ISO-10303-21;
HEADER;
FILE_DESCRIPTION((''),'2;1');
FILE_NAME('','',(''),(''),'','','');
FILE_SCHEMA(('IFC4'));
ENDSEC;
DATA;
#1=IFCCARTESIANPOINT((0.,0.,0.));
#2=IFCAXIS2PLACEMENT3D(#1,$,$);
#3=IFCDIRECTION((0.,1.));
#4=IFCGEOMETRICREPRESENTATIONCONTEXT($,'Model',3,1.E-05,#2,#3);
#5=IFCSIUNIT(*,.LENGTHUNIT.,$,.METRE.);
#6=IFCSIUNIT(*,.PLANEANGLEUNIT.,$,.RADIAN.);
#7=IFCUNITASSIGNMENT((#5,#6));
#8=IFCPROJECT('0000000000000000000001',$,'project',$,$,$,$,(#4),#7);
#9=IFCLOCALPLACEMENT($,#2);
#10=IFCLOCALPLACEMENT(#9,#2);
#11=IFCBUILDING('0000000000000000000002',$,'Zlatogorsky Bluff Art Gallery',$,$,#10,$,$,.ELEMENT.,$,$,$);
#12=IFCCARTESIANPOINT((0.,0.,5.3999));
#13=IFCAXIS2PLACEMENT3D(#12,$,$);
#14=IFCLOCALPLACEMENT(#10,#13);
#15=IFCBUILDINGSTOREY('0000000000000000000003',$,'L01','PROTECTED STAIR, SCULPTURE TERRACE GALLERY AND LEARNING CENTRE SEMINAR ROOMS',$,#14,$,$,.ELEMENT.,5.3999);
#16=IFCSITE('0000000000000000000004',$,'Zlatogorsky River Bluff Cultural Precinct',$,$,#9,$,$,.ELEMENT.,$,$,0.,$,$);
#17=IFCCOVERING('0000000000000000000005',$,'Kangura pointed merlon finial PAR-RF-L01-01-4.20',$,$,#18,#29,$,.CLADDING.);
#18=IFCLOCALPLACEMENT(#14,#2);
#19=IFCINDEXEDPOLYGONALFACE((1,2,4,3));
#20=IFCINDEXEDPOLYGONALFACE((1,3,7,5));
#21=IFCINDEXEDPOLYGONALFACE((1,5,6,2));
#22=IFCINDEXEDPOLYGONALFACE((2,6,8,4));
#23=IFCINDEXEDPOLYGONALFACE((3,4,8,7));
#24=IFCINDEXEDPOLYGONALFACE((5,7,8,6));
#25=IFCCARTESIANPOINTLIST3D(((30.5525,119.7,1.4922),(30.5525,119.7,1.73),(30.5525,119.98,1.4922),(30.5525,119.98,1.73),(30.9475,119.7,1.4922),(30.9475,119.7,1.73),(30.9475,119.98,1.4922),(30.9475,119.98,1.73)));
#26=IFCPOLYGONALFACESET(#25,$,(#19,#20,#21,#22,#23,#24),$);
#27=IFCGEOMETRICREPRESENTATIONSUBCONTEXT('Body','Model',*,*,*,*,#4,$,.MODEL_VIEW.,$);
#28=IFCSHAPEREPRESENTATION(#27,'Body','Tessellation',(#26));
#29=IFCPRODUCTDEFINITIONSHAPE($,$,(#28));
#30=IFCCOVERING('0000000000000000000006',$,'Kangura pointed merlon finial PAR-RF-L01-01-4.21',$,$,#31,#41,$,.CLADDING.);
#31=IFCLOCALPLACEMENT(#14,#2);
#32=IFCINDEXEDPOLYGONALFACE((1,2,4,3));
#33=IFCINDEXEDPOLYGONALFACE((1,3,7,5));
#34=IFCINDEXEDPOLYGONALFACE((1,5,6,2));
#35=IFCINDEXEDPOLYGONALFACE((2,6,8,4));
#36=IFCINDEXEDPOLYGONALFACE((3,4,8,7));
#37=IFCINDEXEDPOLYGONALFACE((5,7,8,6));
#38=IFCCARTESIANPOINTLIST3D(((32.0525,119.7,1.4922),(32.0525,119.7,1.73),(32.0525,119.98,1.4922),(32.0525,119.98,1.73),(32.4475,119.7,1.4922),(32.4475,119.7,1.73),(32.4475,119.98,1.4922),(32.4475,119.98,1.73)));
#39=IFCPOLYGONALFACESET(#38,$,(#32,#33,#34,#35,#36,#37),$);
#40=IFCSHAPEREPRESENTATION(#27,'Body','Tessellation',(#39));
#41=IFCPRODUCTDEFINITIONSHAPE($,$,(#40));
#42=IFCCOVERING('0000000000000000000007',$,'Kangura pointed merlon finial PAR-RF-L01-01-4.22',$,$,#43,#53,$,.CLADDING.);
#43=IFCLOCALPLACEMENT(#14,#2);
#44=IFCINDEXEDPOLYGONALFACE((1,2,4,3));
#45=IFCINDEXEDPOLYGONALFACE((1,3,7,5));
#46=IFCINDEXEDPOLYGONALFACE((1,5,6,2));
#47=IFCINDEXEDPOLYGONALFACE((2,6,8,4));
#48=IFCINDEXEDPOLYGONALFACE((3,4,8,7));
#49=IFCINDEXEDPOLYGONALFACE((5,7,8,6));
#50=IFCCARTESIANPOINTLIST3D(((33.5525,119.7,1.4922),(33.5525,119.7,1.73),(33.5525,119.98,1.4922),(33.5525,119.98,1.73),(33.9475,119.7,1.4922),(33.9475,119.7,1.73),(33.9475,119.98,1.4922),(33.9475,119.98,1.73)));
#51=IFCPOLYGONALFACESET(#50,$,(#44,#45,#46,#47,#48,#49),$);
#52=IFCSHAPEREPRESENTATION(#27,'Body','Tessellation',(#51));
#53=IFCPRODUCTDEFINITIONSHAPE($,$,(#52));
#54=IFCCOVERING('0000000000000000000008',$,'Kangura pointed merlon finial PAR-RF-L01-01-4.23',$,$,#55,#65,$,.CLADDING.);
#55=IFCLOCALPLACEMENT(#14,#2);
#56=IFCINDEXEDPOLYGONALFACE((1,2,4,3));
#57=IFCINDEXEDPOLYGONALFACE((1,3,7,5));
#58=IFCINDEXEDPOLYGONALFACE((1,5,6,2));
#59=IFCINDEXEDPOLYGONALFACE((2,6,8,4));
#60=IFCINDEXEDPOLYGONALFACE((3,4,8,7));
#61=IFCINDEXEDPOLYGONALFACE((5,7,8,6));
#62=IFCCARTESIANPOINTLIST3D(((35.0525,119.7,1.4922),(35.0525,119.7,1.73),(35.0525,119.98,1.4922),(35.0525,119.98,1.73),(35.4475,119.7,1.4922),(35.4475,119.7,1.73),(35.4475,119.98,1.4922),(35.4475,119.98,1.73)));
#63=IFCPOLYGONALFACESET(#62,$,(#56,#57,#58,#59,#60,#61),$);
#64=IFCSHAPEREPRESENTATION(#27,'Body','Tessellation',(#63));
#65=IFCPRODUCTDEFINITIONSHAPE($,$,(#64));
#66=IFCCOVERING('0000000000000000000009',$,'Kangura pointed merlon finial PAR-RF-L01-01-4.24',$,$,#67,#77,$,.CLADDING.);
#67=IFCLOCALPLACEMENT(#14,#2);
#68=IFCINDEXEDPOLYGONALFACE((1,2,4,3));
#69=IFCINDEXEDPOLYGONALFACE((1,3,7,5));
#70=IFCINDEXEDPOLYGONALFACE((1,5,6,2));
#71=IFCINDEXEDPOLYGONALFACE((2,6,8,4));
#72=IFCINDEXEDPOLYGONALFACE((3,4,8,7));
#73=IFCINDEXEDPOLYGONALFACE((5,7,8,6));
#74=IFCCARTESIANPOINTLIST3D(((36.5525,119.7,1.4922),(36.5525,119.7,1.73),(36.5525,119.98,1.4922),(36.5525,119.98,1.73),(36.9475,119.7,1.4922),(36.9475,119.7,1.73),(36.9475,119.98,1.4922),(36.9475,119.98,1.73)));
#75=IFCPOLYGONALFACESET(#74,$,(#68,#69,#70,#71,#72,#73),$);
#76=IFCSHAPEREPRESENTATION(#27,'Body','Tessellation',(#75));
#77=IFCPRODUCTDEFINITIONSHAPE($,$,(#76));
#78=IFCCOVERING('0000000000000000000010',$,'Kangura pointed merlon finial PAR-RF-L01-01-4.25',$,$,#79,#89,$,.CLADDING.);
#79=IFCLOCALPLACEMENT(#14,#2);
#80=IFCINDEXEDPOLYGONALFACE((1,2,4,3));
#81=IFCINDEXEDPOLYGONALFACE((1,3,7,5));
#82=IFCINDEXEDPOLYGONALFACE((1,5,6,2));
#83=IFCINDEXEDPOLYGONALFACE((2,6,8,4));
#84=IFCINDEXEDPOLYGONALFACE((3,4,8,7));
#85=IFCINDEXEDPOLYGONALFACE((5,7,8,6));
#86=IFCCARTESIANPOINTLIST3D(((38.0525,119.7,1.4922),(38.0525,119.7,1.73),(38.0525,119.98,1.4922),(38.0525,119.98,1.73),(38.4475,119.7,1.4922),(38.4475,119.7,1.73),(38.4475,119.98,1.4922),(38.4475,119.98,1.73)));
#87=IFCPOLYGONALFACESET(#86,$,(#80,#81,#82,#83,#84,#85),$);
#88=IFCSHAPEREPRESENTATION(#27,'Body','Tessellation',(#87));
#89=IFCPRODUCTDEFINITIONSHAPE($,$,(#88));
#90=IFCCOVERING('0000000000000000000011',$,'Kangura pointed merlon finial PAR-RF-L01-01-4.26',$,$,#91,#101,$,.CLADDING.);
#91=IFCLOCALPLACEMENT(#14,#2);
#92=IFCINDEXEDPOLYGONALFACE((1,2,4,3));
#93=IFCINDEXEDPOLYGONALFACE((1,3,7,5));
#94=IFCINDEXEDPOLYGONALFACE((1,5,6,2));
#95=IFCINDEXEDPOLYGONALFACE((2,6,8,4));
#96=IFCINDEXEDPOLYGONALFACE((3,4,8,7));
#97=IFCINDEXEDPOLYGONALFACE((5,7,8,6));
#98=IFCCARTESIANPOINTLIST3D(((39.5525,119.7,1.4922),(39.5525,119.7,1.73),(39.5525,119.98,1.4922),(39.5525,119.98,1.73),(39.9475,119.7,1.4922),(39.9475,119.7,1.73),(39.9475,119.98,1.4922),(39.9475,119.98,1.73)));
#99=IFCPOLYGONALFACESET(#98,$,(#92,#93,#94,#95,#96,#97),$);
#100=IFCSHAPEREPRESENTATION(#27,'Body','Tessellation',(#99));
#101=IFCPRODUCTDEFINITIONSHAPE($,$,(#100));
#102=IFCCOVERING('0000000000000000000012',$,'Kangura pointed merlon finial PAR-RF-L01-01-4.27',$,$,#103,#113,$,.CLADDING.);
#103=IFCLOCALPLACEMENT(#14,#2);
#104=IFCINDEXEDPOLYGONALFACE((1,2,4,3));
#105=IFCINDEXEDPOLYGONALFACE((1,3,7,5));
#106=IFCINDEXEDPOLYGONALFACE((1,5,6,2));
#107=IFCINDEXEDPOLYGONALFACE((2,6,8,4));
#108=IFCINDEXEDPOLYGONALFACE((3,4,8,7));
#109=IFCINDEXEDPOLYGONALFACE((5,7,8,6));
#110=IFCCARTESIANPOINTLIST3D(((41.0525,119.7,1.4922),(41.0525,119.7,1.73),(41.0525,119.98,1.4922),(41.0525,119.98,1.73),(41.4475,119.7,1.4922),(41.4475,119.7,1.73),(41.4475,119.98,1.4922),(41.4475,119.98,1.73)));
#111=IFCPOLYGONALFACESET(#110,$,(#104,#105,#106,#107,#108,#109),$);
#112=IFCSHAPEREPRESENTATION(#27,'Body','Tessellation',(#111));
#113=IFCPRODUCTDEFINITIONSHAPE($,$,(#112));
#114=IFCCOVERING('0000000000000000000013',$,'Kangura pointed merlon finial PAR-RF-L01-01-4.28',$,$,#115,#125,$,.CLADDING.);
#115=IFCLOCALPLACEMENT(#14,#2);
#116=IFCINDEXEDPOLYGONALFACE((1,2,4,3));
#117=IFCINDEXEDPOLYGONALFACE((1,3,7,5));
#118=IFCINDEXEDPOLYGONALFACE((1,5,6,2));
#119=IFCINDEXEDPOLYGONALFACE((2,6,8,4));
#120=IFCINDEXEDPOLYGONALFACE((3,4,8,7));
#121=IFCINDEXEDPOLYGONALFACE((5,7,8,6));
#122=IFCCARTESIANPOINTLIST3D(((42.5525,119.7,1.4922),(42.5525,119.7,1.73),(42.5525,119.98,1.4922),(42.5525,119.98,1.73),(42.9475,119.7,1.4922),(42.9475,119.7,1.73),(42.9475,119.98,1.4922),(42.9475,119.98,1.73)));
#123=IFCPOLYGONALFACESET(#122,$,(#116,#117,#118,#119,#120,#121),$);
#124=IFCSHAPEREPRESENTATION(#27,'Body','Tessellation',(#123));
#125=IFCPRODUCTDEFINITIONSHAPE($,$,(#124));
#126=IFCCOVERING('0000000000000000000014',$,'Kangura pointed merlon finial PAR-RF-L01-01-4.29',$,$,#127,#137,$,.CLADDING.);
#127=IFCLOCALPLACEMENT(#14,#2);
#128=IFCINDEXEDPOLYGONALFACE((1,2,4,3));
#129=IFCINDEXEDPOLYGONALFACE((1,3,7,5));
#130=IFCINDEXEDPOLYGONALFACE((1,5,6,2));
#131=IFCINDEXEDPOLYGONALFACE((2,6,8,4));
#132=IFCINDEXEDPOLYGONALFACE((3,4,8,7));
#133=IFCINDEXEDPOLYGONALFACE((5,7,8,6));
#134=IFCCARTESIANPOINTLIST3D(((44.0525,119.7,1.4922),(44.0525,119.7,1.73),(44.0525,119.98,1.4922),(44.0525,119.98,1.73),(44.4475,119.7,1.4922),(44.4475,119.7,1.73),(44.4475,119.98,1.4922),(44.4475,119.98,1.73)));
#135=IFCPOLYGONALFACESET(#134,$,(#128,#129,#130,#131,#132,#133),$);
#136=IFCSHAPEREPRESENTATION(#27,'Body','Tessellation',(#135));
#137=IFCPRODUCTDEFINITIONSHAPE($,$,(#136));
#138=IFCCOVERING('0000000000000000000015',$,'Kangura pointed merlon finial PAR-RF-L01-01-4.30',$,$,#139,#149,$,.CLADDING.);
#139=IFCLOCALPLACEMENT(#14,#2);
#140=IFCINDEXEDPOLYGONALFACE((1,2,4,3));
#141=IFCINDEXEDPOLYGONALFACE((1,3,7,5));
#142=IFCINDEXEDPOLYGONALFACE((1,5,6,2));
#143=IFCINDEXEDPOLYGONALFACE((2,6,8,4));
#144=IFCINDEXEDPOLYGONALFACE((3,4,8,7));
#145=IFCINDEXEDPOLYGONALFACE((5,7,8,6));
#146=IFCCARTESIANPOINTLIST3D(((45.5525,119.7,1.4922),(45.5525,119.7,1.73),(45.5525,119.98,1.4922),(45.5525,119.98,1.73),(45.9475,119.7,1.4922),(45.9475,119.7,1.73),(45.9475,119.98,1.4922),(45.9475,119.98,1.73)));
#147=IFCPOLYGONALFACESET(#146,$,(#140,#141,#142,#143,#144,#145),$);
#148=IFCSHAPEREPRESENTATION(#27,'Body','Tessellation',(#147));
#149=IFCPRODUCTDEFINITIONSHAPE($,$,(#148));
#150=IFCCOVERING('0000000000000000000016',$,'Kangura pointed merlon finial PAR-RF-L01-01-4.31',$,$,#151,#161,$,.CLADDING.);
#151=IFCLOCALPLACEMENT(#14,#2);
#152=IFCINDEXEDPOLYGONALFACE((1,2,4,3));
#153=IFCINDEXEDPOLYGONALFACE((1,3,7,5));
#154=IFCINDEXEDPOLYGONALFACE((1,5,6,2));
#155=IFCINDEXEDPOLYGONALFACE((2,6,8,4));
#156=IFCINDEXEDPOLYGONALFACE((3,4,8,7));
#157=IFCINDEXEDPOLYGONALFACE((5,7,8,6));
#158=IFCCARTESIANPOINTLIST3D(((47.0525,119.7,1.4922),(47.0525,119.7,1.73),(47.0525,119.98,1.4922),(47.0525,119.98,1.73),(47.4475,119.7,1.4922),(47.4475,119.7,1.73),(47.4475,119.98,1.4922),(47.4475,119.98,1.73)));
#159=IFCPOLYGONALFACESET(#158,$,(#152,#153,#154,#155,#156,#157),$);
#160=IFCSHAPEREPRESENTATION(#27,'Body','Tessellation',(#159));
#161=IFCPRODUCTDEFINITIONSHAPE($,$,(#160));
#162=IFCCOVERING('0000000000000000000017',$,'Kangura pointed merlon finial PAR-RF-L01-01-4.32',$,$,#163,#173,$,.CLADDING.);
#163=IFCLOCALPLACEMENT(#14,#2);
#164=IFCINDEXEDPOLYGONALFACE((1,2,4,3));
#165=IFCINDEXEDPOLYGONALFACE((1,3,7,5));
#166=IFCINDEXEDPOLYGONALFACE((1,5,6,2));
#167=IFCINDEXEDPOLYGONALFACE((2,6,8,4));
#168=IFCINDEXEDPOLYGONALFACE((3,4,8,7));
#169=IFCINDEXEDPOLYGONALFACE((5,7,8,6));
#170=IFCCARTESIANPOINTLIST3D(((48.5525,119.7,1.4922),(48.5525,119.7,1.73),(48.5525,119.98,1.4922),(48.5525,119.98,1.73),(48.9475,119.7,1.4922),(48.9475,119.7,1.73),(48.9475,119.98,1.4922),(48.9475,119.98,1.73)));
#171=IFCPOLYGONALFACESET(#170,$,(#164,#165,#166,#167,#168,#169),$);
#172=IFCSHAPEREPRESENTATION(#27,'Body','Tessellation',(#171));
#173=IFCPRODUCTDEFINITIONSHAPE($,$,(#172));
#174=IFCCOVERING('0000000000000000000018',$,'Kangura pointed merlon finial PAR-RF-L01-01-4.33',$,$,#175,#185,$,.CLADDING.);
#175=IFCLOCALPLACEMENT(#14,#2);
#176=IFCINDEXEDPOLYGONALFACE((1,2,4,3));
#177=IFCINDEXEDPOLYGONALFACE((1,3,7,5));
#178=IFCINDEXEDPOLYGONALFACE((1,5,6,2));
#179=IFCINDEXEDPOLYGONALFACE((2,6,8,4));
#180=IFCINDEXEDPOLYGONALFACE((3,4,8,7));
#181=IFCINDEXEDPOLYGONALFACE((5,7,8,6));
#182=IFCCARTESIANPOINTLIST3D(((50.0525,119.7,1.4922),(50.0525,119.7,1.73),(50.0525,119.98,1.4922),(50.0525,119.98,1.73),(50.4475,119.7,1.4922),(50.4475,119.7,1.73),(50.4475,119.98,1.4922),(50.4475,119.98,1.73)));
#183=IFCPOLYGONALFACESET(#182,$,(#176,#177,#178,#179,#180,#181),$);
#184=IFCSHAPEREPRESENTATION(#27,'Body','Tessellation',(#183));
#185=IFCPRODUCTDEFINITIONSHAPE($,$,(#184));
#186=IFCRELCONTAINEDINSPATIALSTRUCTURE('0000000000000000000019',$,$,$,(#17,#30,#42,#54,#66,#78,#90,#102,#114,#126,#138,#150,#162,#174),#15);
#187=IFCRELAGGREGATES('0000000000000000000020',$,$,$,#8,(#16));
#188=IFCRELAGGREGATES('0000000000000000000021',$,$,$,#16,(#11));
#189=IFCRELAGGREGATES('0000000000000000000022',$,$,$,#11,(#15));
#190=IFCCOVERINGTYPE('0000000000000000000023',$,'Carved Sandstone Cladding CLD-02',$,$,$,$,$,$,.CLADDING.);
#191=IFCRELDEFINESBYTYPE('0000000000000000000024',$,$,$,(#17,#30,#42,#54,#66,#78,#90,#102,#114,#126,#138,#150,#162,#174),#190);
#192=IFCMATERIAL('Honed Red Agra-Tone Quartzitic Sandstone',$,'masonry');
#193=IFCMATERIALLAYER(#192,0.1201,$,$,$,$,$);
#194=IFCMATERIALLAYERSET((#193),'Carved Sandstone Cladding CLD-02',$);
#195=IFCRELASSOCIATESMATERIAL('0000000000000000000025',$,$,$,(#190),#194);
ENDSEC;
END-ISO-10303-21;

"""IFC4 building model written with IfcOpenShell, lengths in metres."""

from ifc_helpers import new_model, si_unit, direction, frame, origin, place, context, subcontext, project, spatial, polyline, outline, extrude, material, layer, layer_set, type_object, element, save


model = new_model("IFC4")

# Units and contexts
model_context = context("Model", 3, precision=1e-05, world=origin(), true_north=direction((0.0, 1.0)))
body_context = subcontext(model_context, "Body", "Model", "MODEL_VIEW")
ifc_project = project(units=[si_unit("LENGTHUNIT", "METRE"), si_unit("PLANEANGLEUNIT", "RADIAN")], contexts=[model_context])

# Site, building, storey
site_placement = place(None, origin())
site = spatial("IfcSite", under=ifc_project, at=site_placement, Name="Zlatogorsky River Bluff Cultural Precinct", CompositionType="ELEMENT", RefElevation=0.0)
building_placement = place(site_placement, origin())
building = spatial("IfcBuilding", under=site, at=building_placement, Name="Zlatogorsky Bluff Art Gallery", CompositionType="ELEMENT")
storey_placement = place(building_placement, frame((0.0, 0.0, 5.3999)))
storey = spatial("IfcBuildingStorey", under=building, at=storey_placement, Name="L01", Description="PROTECTED STAIR, SCULPTURE TERRACE GALLERY AND LEARNING CENTRE SEMINAR ROOMS", CompositionType="ELEMENT", Elevation=5.3999)

# Coverings
ifc_material = material(Name="Honed Red Agra-Tone Quartzitic Sandstone", Category="masonry")
ifc_layer = layer(ifc_material, 0.1201)
ifc_layer_set = layer_set([ifc_layer], Name="Carved Sandstone Cladding CLD-02")
covering_type = type_object("IfcCoveringType", Name="Carved Sandstone Cladding CLD-02", PredefinedType="CLADDING", material=ifc_layer_set)
covering_1_placement = place(storey_placement, frame((0.0, 0.0, 1.4922)))
element("IfcCovering", 1, at=covering_1_placement, inside=storey, type_object=covering_type, Name="Kangura pointed merlon finial PAR-RF-L01-01-4.20", PredefinedType="CLADDING", context=body_context, shape_type="SweptSolid", body=[
    extrude(outline(polyline([(30.5525, 119.7), (30.9475, 119.7), (30.9475, 119.98), (30.5525, 119.98), (30.5525, 119.7)])), origin(), (0.0, 0.0, 1.0), 0.2378),
])
covering_2_placement = place(storey_placement, frame((0.0, 0.0, 1.4922)))
element("IfcCovering", 2, at=covering_2_placement, inside=storey, type_object=covering_type, Name="Kangura pointed merlon finial PAR-RF-L01-01-4.21", PredefinedType="CLADDING", context=body_context, shape_type="SweptSolid", body=[
    extrude(outline(polyline([(32.0525, 119.7), (32.4475, 119.7), (32.4475, 119.98), (32.0525, 119.98), (32.0525, 119.7)])), origin(), (0.0, 0.0, 1.0), 0.2378),
])
covering_3_placement = place(storey_placement, frame((0.0, 0.0, 1.4922)))
element("IfcCovering", 3, at=covering_3_placement, inside=storey, type_object=covering_type, Name="Kangura pointed merlon finial PAR-RF-L01-01-4.22", PredefinedType="CLADDING", context=body_context, shape_type="SweptSolid", body=[
    extrude(outline(polyline([(33.5525, 119.7), (33.9475, 119.7), (33.9475, 119.98), (33.5525, 119.98), (33.5525, 119.7)])), origin(), (0.0, 0.0, 1.0), 0.2378),
])
covering_4_placement = place(storey_placement, frame((0.0, 0.0, 1.4922)))
element("IfcCovering", 4, at=covering_4_placement, inside=storey, type_object=covering_type, Name="Kangura pointed merlon finial PAR-RF-L01-01-4.23", PredefinedType="CLADDING", context=body_context, shape_type="SweptSolid", body=[
    extrude(outline(polyline([(35.0525, 119.7), (35.4475, 119.7), (35.4475, 119.98), (35.0525, 119.98), (35.0525, 119.7)])), origin(), (0.0, 0.0, 1.0), 0.2378),
])
covering_5_placement = place(storey_placement, frame((0.0, 0.0, 1.4922)))
element("IfcCovering", 5, at=covering_5_placement, inside=storey, type_object=covering_type, Name="Kangura pointed merlon finial PAR-RF-L01-01-4.24", PredefinedType="CLADDING", context=body_context, shape_type="SweptSolid", body=[
    extrude(outline(polyline([(36.5525, 119.7), (36.9475, 119.7), (36.9475, 119.98), (36.5525, 119.98), (36.5525, 119.7)])), origin(), (0.0, 0.0, 1.0), 0.2378),
])
covering_6_placement = place(storey_placement, frame((0.0, 0.0, 1.4922)))
element("IfcCovering", 6, at=covering_6_placement, inside=storey, type_object=covering_type, Name="Kangura pointed merlon finial PAR-RF-L01-01-4.25", PredefinedType="CLADDING", context=body_context, shape_type="SweptSolid", body=[
    extrude(outline(polyline([(38.0525, 119.7), (38.4475, 119.7), (38.4475, 119.98), (38.0525, 119.98), (38.0525, 119.7)])), origin(), (0.0, 0.0, 1.0), 0.2378),
])
covering_7_placement = place(storey_placement, frame((0.0, 0.0, 1.4922)))
element("IfcCovering", 7, at=covering_7_placement, inside=storey, type_object=covering_type, Name="Kangura pointed merlon finial PAR-RF-L01-01-4.26", PredefinedType="CLADDING", context=body_context, shape_type="SweptSolid", body=[
    extrude(outline(polyline([(39.5525, 119.7), (39.9475, 119.7), (39.9475, 119.98), (39.5525, 119.98), (39.5525, 119.7)])), origin(), (0.0, 0.0, 1.0), 0.2378),
])
covering_8_placement = place(storey_placement, frame((0.0, 0.0, 1.4922)))
element("IfcCovering", 8, at=covering_8_placement, inside=storey, type_object=covering_type, Name="Kangura pointed merlon finial PAR-RF-L01-01-4.27", PredefinedType="CLADDING", context=body_context, shape_type="SweptSolid", body=[
    extrude(outline(polyline([(41.0525, 119.7), (41.4475, 119.7), (41.4475, 119.98), (41.0525, 119.98), (41.0525, 119.7)])), origin(), (0.0, 0.0, 1.0), 0.2378),
])
covering_9_placement = place(storey_placement, frame((0.0, 0.0, 1.4922)))
element("IfcCovering", 9, at=covering_9_placement, inside=storey, type_object=covering_type, Name="Kangura pointed merlon finial PAR-RF-L01-01-4.28", PredefinedType="CLADDING", context=body_context, shape_type="SweptSolid", body=[
    extrude(outline(polyline([(42.5525, 119.7), (42.9475, 119.7), (42.9475, 119.98), (42.5525, 119.98), (42.5525, 119.7)])), origin(), (0.0, 0.0, 1.0), 0.2378),
])
covering_10_placement = place(storey_placement, frame((0.0, 0.0, 1.4922)))
element("IfcCovering", 10, at=covering_10_placement, inside=storey, type_object=covering_type, Name="Kangura pointed merlon finial PAR-RF-L01-01-4.29", PredefinedType="CLADDING", context=body_context, shape_type="SweptSolid", body=[
    extrude(outline(polyline([(44.0525, 119.7), (44.4475, 119.7), (44.4475, 119.98), (44.0525, 119.98), (44.0525, 119.7)])), origin(), (0.0, 0.0, 1.0), 0.2378),
])
covering_11_placement = place(storey_placement, frame((0.0, 0.0, 1.4922)))
element("IfcCovering", 11, at=covering_11_placement, inside=storey, type_object=covering_type, Name="Kangura pointed merlon finial PAR-RF-L01-01-4.30", PredefinedType="CLADDING", context=body_context, shape_type="SweptSolid", body=[
    extrude(outline(polyline([(45.5525, 119.7), (45.9475, 119.7), (45.9475, 119.98), (45.5525, 119.98), (45.5525, 119.7)])), origin(), (0.0, 0.0, 1.0), 0.2378),
])
covering_12_placement = place(storey_placement, frame((0.0, 0.0, 1.4922)))
element("IfcCovering", 12, at=covering_12_placement, inside=storey, type_object=covering_type, Name="Kangura pointed merlon finial PAR-RF-L01-01-4.31", PredefinedType="CLADDING", context=body_context, shape_type="SweptSolid", body=[
    extrude(outline(polyline([(47.0525, 119.7), (47.4475, 119.7), (47.4475, 119.98), (47.0525, 119.98), (47.0525, 119.7)])), origin(), (0.0, 0.0, 1.0), 0.2378),
])
covering_13_placement = place(storey_placement, frame((0.0, 0.0, 1.4922)))
element("IfcCovering", 13, at=covering_13_placement, inside=storey, type_object=covering_type, Name="Kangura pointed merlon finial PAR-RF-L01-01-4.32", PredefinedType="CLADDING", context=body_context, shape_type="SweptSolid", body=[
    extrude(outline(polyline([(48.5525, 119.7), (48.9475, 119.7), (48.9475, 119.98), (48.5525, 119.98), (48.5525, 119.7)])), origin(), (0.0, 0.0, 1.0), 0.2378),
])
covering_14_placement = place(storey_placement, frame((0.0, 0.0, 1.4922)))
element("IfcCovering", 14, at=covering_14_placement, inside=storey, type_object=covering_type, Name="Kangura pointed merlon finial PAR-RF-L01-01-4.33", PredefinedType="CLADDING", context=body_context, shape_type="SweptSolid", body=[
    extrude(outline(polyline([(50.0525, 119.7), (50.4475, 119.7), (50.4475, 119.98), (50.0525, 119.98), (50.0525, 119.7)])), origin(), (0.0, 0.0, 1.0), 0.2378),
])

save(model, "model.ifc")
